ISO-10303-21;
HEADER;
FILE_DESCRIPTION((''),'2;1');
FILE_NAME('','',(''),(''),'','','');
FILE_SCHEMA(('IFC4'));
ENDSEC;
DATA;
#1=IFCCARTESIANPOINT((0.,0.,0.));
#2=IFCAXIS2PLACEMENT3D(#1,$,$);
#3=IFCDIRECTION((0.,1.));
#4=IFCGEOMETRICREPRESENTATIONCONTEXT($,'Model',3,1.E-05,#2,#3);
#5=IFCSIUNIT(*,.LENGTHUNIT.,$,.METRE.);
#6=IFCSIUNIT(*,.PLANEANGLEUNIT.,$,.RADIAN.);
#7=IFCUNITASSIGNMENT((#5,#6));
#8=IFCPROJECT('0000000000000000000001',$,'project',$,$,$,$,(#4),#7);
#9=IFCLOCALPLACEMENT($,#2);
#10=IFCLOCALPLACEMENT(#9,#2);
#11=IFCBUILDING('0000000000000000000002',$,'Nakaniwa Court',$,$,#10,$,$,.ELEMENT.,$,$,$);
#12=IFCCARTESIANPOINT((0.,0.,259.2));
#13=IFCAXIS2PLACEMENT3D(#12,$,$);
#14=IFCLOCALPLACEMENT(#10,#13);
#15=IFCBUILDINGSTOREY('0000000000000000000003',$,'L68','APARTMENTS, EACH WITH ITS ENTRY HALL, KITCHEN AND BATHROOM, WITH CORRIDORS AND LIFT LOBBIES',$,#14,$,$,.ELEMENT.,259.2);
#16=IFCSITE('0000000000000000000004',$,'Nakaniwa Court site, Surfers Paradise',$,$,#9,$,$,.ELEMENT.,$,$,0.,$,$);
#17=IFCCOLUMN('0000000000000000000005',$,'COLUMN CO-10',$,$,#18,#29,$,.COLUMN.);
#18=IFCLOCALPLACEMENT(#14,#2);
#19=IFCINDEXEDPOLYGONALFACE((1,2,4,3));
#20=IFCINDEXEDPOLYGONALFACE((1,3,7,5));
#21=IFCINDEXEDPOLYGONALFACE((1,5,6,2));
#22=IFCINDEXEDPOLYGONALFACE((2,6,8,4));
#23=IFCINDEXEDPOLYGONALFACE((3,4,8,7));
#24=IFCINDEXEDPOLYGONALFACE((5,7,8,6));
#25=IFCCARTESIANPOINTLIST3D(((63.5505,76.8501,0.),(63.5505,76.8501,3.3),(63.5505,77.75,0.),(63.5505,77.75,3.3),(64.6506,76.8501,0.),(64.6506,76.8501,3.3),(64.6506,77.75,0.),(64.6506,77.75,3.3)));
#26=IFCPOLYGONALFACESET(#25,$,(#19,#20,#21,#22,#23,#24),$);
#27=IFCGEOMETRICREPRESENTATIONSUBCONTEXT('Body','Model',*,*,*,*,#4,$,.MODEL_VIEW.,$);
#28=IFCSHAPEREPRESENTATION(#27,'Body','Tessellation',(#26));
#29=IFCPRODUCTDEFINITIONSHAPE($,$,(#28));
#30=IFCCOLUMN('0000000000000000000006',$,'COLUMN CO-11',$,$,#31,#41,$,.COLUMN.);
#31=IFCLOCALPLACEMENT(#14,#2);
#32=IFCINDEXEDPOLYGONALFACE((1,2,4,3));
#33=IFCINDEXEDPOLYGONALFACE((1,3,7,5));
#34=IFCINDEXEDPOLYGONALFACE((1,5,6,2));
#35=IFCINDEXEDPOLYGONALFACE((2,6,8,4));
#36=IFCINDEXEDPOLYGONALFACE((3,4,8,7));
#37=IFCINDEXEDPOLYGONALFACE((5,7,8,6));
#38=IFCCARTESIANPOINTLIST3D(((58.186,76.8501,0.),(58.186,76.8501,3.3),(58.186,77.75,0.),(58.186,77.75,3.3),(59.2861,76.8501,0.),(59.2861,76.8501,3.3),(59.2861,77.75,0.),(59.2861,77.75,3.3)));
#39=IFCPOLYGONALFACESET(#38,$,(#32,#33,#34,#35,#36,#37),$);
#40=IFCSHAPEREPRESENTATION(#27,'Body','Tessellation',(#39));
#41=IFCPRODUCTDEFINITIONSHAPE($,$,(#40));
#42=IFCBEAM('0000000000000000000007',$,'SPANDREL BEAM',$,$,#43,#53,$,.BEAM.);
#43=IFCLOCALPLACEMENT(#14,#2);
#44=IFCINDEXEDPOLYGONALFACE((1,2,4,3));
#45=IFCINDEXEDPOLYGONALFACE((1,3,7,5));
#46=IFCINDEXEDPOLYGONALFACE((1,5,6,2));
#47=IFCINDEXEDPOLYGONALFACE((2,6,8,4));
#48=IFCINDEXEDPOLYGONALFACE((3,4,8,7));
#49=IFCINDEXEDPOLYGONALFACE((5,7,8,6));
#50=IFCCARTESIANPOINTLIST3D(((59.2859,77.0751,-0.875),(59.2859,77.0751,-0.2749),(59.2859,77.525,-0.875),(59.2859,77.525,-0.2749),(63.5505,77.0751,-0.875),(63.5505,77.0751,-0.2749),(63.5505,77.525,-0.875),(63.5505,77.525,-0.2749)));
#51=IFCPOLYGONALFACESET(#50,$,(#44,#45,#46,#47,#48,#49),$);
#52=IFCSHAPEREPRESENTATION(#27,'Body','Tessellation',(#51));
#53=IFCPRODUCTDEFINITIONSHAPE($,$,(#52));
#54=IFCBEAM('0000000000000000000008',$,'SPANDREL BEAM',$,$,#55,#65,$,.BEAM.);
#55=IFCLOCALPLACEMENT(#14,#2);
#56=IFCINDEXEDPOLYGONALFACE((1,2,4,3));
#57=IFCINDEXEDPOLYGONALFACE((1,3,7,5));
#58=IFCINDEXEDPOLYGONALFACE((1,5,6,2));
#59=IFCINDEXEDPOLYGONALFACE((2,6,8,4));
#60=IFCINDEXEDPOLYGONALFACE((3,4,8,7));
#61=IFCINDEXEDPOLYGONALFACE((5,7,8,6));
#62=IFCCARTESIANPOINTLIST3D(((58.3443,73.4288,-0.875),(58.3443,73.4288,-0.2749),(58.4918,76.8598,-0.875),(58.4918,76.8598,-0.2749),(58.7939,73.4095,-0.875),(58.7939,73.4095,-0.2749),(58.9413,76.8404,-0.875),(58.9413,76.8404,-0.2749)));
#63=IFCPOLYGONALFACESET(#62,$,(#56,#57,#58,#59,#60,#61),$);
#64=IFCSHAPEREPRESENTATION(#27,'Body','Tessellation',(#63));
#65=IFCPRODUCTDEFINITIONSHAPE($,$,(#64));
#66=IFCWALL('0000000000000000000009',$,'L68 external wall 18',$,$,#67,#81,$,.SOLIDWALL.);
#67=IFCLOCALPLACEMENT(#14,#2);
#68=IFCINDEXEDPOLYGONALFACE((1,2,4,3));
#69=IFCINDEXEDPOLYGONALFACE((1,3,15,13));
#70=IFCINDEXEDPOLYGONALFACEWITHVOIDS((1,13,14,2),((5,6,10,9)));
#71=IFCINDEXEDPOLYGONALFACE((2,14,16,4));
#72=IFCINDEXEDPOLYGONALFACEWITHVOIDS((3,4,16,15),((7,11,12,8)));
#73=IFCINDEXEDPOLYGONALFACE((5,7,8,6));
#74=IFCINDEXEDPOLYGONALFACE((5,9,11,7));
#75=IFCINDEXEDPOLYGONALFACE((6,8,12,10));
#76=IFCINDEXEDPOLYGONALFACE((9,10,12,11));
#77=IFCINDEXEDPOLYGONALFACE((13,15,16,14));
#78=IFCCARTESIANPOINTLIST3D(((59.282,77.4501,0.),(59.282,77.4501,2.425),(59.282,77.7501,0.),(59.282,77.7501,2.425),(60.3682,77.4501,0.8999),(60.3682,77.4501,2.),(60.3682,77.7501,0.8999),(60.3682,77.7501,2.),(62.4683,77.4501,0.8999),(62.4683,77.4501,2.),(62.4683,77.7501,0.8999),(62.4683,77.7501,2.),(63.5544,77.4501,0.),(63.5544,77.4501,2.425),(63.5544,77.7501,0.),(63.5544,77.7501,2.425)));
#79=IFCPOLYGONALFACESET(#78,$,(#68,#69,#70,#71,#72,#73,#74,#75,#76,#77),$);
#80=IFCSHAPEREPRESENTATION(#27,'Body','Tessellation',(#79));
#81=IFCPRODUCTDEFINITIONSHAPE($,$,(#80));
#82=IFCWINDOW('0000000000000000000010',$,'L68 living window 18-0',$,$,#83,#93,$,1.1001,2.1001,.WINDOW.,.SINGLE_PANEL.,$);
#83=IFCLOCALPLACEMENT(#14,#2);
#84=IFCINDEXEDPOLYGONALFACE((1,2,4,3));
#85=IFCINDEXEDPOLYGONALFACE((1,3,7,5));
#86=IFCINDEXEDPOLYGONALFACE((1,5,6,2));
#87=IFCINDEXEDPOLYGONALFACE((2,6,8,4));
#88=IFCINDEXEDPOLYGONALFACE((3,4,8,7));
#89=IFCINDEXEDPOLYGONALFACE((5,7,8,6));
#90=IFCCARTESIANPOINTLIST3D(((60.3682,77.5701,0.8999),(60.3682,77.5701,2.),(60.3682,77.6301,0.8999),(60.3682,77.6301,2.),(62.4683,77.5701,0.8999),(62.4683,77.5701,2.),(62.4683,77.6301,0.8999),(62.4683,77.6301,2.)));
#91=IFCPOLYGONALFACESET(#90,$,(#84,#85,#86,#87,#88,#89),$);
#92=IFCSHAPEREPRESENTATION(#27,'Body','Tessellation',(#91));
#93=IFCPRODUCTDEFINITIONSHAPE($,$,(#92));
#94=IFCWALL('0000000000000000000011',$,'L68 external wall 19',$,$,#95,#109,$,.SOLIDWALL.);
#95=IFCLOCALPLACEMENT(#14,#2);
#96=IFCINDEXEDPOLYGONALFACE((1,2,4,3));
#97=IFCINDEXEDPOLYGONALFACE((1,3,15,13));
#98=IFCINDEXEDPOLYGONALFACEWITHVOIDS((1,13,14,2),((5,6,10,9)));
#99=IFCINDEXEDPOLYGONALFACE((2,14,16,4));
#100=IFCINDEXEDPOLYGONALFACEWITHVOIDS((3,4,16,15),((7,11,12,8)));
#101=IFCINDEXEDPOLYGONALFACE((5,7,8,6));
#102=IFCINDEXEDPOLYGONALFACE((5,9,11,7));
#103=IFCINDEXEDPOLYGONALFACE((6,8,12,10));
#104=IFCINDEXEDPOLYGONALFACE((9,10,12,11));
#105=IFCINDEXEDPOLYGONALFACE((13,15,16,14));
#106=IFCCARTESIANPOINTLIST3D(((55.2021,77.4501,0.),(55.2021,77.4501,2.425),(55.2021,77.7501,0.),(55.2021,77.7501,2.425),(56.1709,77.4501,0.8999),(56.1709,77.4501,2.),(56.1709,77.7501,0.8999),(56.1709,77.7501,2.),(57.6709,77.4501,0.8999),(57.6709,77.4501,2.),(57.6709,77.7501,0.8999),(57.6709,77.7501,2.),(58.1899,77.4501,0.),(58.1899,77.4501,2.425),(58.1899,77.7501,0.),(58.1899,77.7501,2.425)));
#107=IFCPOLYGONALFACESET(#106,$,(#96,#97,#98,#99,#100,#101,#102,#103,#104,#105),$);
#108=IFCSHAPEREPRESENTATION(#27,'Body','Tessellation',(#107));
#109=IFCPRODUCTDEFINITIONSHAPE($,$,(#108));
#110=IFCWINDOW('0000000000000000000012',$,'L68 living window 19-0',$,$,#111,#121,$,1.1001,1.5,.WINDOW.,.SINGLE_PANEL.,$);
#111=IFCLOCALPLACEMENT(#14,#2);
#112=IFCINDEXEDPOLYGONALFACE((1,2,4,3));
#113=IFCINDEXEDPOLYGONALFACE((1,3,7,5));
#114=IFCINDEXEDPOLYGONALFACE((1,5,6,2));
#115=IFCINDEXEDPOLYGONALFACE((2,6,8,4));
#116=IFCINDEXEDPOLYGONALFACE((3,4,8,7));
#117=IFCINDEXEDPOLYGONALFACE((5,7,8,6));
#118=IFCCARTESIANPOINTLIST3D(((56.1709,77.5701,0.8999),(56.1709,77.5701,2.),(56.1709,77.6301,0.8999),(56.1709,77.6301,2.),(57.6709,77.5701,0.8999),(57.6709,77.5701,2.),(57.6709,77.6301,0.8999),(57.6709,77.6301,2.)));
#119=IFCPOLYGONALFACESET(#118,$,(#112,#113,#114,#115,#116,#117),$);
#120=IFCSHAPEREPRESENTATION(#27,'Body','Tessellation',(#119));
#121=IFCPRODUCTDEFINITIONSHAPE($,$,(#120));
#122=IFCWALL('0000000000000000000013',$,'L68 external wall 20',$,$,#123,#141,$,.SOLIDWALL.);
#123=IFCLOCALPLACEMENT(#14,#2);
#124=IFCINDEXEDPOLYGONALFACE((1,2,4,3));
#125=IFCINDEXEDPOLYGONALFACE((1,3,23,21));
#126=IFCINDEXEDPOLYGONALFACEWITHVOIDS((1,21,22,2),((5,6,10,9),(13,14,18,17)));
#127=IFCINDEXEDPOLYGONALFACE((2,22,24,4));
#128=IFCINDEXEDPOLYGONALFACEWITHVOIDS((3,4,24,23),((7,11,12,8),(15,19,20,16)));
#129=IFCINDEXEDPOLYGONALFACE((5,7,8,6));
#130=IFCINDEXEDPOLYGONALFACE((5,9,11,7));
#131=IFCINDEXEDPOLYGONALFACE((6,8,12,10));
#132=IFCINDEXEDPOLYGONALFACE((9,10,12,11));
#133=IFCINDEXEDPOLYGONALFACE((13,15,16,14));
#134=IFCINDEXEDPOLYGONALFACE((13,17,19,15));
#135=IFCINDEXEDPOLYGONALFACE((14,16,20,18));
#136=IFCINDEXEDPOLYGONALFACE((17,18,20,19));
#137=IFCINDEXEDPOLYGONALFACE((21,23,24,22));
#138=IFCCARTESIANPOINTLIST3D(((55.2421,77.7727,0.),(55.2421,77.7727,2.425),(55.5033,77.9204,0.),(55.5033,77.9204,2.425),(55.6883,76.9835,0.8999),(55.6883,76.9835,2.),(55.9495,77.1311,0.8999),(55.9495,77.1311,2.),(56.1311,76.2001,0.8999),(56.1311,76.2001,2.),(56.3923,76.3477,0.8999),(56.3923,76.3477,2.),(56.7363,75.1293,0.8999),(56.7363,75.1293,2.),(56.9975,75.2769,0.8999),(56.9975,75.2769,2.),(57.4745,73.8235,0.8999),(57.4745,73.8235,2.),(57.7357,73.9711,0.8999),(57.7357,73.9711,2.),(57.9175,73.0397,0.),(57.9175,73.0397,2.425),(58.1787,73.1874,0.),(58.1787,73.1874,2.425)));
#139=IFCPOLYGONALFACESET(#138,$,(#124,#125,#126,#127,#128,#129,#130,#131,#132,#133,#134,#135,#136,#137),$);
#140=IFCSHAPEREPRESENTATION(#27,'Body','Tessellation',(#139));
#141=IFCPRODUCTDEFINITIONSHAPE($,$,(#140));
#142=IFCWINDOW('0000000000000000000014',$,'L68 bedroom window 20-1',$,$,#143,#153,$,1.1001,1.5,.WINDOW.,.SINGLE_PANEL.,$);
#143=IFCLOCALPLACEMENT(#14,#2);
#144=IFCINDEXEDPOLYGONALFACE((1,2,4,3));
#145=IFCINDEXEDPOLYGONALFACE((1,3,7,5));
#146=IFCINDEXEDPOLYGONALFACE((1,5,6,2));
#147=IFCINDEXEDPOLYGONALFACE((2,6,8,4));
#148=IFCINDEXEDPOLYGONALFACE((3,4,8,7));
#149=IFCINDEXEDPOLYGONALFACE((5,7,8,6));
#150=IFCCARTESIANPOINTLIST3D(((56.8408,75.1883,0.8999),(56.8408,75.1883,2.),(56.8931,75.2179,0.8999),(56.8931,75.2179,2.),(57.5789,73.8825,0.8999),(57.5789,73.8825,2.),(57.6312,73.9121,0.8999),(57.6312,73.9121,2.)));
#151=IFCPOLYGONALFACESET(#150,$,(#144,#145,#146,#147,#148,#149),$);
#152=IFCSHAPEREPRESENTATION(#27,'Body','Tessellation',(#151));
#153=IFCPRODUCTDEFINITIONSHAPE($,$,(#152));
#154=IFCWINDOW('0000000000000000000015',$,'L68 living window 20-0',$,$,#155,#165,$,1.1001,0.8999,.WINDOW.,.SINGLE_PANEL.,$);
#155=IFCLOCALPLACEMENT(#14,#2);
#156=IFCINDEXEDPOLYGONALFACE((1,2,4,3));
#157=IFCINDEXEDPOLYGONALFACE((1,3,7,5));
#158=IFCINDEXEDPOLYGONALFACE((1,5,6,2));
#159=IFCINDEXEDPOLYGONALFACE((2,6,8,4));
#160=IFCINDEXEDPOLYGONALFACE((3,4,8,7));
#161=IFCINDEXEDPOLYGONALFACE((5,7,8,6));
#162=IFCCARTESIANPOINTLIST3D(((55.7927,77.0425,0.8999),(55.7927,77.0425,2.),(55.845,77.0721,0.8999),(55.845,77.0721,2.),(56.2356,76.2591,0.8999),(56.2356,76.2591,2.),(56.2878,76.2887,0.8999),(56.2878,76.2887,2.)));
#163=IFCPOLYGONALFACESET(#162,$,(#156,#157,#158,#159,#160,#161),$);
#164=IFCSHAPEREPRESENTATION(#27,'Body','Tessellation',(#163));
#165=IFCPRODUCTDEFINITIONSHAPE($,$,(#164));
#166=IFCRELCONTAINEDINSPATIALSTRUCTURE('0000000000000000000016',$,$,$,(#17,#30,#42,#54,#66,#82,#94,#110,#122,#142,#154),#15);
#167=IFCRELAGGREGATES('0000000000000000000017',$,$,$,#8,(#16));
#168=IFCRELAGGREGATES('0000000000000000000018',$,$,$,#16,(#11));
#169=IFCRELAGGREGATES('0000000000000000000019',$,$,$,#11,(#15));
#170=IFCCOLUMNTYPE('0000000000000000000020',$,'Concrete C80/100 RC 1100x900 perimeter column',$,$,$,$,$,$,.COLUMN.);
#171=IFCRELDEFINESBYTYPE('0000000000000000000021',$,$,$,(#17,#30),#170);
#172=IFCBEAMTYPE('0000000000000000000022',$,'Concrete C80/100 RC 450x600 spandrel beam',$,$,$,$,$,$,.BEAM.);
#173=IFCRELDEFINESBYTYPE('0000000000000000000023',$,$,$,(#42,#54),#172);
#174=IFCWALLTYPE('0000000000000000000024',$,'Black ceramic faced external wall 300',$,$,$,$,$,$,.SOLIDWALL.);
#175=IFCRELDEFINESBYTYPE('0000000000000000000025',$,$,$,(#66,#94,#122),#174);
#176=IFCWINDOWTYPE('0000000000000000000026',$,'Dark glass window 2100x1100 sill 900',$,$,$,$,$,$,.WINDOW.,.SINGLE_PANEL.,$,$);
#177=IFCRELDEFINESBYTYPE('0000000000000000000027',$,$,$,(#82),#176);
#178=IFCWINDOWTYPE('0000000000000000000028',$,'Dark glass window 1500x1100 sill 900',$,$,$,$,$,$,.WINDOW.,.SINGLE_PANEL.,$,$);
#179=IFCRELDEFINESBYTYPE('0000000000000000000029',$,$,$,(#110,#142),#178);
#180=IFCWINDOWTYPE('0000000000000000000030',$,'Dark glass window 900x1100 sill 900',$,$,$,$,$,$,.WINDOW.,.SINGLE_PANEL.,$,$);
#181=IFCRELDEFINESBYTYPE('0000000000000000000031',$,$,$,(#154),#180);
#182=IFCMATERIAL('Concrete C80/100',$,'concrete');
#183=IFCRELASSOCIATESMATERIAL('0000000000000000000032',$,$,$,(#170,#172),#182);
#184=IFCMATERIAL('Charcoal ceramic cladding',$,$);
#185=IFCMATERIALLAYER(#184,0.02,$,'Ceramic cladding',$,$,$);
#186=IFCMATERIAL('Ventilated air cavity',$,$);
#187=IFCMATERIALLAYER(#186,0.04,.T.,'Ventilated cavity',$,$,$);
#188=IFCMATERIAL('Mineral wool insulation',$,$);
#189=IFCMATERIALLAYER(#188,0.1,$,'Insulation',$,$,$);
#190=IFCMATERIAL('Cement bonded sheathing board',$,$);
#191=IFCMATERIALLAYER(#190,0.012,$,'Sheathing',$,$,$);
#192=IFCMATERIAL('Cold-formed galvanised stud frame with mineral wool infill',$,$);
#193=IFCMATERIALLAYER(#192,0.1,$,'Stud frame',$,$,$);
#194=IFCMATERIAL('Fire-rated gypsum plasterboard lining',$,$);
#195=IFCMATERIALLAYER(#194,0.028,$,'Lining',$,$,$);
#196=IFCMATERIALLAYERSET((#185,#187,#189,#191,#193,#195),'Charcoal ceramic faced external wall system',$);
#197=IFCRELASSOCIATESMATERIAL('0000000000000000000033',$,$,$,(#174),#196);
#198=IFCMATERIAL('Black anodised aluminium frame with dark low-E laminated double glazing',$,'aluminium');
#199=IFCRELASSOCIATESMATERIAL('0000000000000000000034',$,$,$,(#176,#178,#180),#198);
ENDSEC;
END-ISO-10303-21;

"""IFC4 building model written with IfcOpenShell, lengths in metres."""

from ifc_helpers import new_model, si_unit, direction, frame, frame_2d, origin, origin_2d, place, context, subcontext, project, spatial, rectangle, extrude, material, layer, layer_set, material_profile, profile_set, type_object, element, fill, save


model = new_model("IFC4")

# Units and contexts
model_context = context("Model", 3, precision=1e-05, world=origin(), true_north=direction((0.0, 1.0)))
body_context = subcontext(model_context, "Body", "Model", "MODEL_VIEW")
ifc_project = project(units=[si_unit("LENGTHUNIT", "METRE"), si_unit("PLANEANGLEUNIT", "RADIAN")], contexts=[model_context])

# Site, building, storey
site_placement = place(None, origin())
site = spatial("IfcSite", under=ifc_project, at=site_placement, Name="Nakaniwa Court site, Surfers Paradise", CompositionType="ELEMENT", RefElevation=0.0)
building_placement = place(site_placement, origin())
building = spatial("IfcBuilding", under=site, at=building_placement, Name="Nakaniwa Court", CompositionType="ELEMENT")
storey_placement = place(building_placement, frame((0.0, 0.0, 259.2)))
storey = spatial("IfcBuildingStorey", under=building, at=storey_placement, Name="L68", Description="APARTMENTS, EACH WITH ITS ENTRY HALL, KITCHEN AND BATHROOM, WITH CORRIDORS AND LIFT LOBBIES", CompositionType="ELEMENT", Elevation=259.2)

# Columns
ifc_material_1 = material(Name="Concrete C80/100", Category="concrete")
ifc_material_profile_1 = material_profile(ifc_material_1, rectangle(XDim=1.1001, YDim=0.8999, at=origin_2d()), Name="Concrete C80/100 RC 1100x900 perimeter column")
ifc_profile_set_1 = profile_set([ifc_material_profile_1], Name="Concrete C80/100")
column_type = type_object("IfcColumnType", Name="Concrete C80/100 RC 1100x900 perimeter column", PredefinedType="COLUMN", material=ifc_profile_set_1)
for number, where, z_axis, x_axis, name in (
    (1, (64.1006, 77.3, 0.0), (0.0, 0.0, 1.0), (-1.0, 0.0, 0.0), "COLUMN CO-10"),
    (2, (58.7361, 77.3, 0.0), (0.0, 0.0, 1.0), (-1.0, 0.0, 0.0), "COLUMN CO-11"),
):
    element("IfcColumn", number, at=place(storey_placement, frame(where, z_axis=z_axis, x_axis=x_axis)), inside=storey, type_object=column_type, Name=name, PredefinedType="COLUMN", context=body_context, shape_type="SweptSolid", body=[
        extrude(rectangle(XDim=1.1001, YDim=0.8999, at=origin_2d()), origin(), (0.0, 0.0, 1.0), 3.3),
    ])

# Beams
ifc_material_profile_2 = material_profile(ifc_material_1, rectangle(XDim=0.45, YDim=0.6001, at=origin_2d()), Name="Concrete C80/100 RC 450x600 spandrel beam")
ifc_profile_set_2 = profile_set([ifc_material_profile_2], Name="Concrete C80/100")
beam_type = type_object("IfcBeamType", Name="Concrete C80/100 RC 450x600 spandrel beam", PredefinedType="BEAM", material=ifc_profile_set_2)
beam_1_placement = place(storey_placement, frame((63.5505, 77.3, -0.575), z_axis=(-1.0, 0.0, 0.0), x_axis=(0.0, -1.0, 0.0)))
element("IfcBeam", 3, at=beam_1_placement, inside=storey, type_object=beam_type, Name="SPANDREL BEAM", PredefinedType="BEAM", context=body_context, shape_type="SweptSolid", body=[
    extrude(rectangle(XDim=0.45, YDim=0.6001, at=origin_2d()), origin(), (0.0, 0.0, 1.0), 4.2646),
])
beam_2_placement = place(storey_placement, frame((58.7166, 76.8501, -0.575), z_axis=(-0.042941, -0.999078, 0.0), x_axis=(0.999078, -0.042941, 0.0)))
element("IfcBeam", 4, at=beam_2_placement, inside=storey, type_object=beam_type, Name="SPANDREL BEAM", PredefinedType="BEAM", context=body_context, shape_type="SweptSolid", body=[
    extrude(rectangle(XDim=0.45, YDim=0.6001, at=origin_2d()), origin(), (0.0, 0.0, 1.0), 3.4341),
])

# Walls, openings, windows
ifc_material_2 = material(Name="Charcoal ceramic cladding")
ifc_layer_1 = layer(ifc_material_2, 0.02, Name="Ceramic cladding")
ifc_material_3 = material(Name="Ventilated air cavity")
ifc_layer_2 = layer(ifc_material_3, 0.04, ventilated=True, Name="Ventilated cavity")
ifc_material_4 = material(Name="Mineral wool insulation")
ifc_layer_3 = layer(ifc_material_4, 0.1, Name="Insulation")
ifc_material_5 = material(Name="Cement bonded sheathing board")
ifc_layer_4 = layer(ifc_material_5, 0.012, Name="Sheathing")
ifc_material_6 = material(Name="Cold-formed galvanised stud frame with mineral wool infill")
ifc_layer_5 = layer(ifc_material_6, 0.1, Name="Stud frame")
ifc_material_7 = material(Name="Fire-rated gypsum plasterboard lining")
ifc_layer_6 = layer(ifc_material_7, 0.028, Name="Lining")
ifc_layer_set_1 = layer_set([ifc_layer_1, ifc_layer_2, ifc_layer_3, ifc_layer_4, ifc_layer_5, ifc_layer_6], Name="Charcoal ceramic faced external wall system")
wall_type_1 = type_object("IfcWallType", Name="Black ceramic faced external wall 300", PredefinedType="SOLIDWALL", material=ifc_layer_set_1)
wall_1_placement = place(storey_placement, frame((63.5544, 77.6001, 0.0), z_axis=(0.0, 0.0, 1.0), x_axis=(-1.0, 0.0, 0.0)))
wall_1 = element("IfcWall", 5, at=wall_1_placement, inside=storey, type_object=wall_type_1, Name="L68 external wall 18", PredefinedType="SOLIDWALL", context=body_context, shape_type="SweptSolid", body=[
    extrude(rectangle(XDim=4.2725, YDim=0.3, at=frame_2d((2.1362, 0.0))), origin(), (0.0, 0.0, 1.0), 2.425),
])
opening_1_placement = place(wall_1_placement, frame((1.0862, 0.0, 0.8999)))
opening_1 = element("IfcOpeningElement", 6, at=opening_1_placement, cuts=wall_1, PredefinedType="OPENING", context=body_context, shape_type="SweptSolid", body=[
    extrude(rectangle(XDim=2.1001, YDim=1.1001, at=frame_2d((1.05, 0.55))), frame((0.0, 0.1599, 0.0), z_axis=(0.0, -1.0, 0.0), x_axis=(1.0, 0.0, 0.0)), (0.0, 0.0, 1.0), 0.3201),
])
ifc_material_8 = material(Name="Black anodised aluminium frame with dark low-E laminated double glazing", Category="aluminium")
window_type_1 = type_object("IfcWindowType", Name="Dark glass window 2100x1100 sill 900", PartitioningType="SINGLE_PANEL", PredefinedType="WINDOW", material=ifc_material_8)
window_1_placement = place(opening_1_placement, origin())
window_1 = element("IfcWindow", 7, at=window_1_placement, inside=storey, type_object=window_type_1, Name="L68 living window 18-0", OverallHeight=1.1001, OverallWidth=2.1001, PartitioningType="SINGLE_PANEL", PredefinedType="WINDOW", context=body_context, shape_type="SweptSolid", body=[
    extrude(rectangle(XDim=2.1001, YDim=1.1001, at=frame_2d((1.05, 0.55))), frame((0.0, 0.03, 0.0), z_axis=(0.0, -1.0, 0.0), x_axis=(1.0, 0.0, 0.0)), (0.0, 0.0, 1.0), 0.0601),
])
fill(opening_1, window_1)
wall_2_placement = place(storey_placement, frame((58.1899, 77.6001, 0.0), z_axis=(0.0, 0.0, 1.0), x_axis=(-1.0, 0.0, 0.0)))
wall_2 = element("IfcWall", 8, at=wall_2_placement, inside=storey, type_object=wall_type_1, Name="L68 external wall 19", PredefinedType="SOLIDWALL", context=body_context, shape_type="SweptSolid", body=[
    extrude(rectangle(XDim=2.9878, YDim=0.3, at=frame_2d((1.4939, 0.0))), origin(), (0.0, 0.0, 1.0), 2.425),
])
opening_2_placement = place(wall_2_placement, frame((0.519, 0.0, 0.8999)))
opening_2 = element("IfcOpeningElement", 9, at=opening_2_placement, cuts=wall_2, PredefinedType="OPENING", context=body_context, shape_type="SweptSolid", body=[
    extrude(rectangle(XDim=1.5, YDim=1.1001, at=frame_2d((0.75, 0.55))), frame((0.0, 0.1599, 0.0), z_axis=(0.0, -1.0, 0.0), x_axis=(1.0, 0.0, 0.0)), (0.0, 0.0, 1.0), 0.3201),
])
window_type_2 = type_object("IfcWindowType", Name="Dark glass window 1500x1100 sill 900", PartitioningType="SINGLE_PANEL", PredefinedType="WINDOW", material=ifc_material_8)
window_2_placement = place(opening_2_placement, origin())
window_2 = element("IfcWindow", 10, at=window_2_placement, inside=storey, type_object=window_type_2, Name="L68 living window 19-0", OverallHeight=1.1001, OverallWidth=1.5, PartitioningType="SINGLE_PANEL", PredefinedType="WINDOW", context=body_context, shape_type="SweptSolid", body=[
    extrude(rectangle(XDim=1.5, YDim=1.1001, at=frame_2d((0.75, 0.55))), frame((0.0, 0.03, 0.0), z_axis=(0.0, -1.0, 0.0), x_axis=(1.0, 0.0, 0.0)), (0.0, 0.0, 1.0), 0.0601),
])
fill(opening_2, window_2)

# Wall, openings, windows
wall_3_placement = place(storey_placement, frame((55.3728, 77.8464, 0.0), z_axis=(0.0, 0.0, 1.0), x_axis=(0.492081, -0.870549, 0.0)))
wall_3 = element("IfcWall", 11, at=wall_3_placement, inside=storey, type_object=wall_type_1, Name="L68 external wall 20", PredefinedType="SOLIDWALL", context=body_context, shape_type="SweptSolid", body=[
    extrude(rectangle(XDim=5.4368, YDim=0.3, at=frame_2d((2.7183, 0.0))), origin(), (0.0, 0.0, 1.0), 2.425),
])
opening_3_placement = place(wall_3_placement, frame((0.9065, 0.0, 0.8999)))
opening_3 = element("IfcOpeningElement", 12, at=opening_3_placement, cuts=wall_3, PredefinedType="OPENING", context=body_context, shape_type="SweptSolid", body=[
    extrude(rectangle(XDim=0.8999, YDim=1.1001, at=frame_2d((0.45, 0.55))), frame((0.0, 0.1599, 0.0), z_axis=(0.0, -1.0, 0.0), x_axis=(1.0, 0.0, 0.0)), (0.0, 0.0, 1.0), 0.3201),
])
opening_4_placement = place(wall_3_placement, frame((3.0364, 0.0, 0.8999)))
opening_4 = element("IfcOpeningElement", 13, at=opening_4_placement, cuts=wall_3, PredefinedType="OPENING", context=body_context, shape_type="SweptSolid", body=[
    extrude(rectangle(XDim=1.5, YDim=1.1001, at=frame_2d((0.75, 0.55))), frame((0.0, 0.1599, 0.0), z_axis=(0.0, -1.0, 0.0), x_axis=(1.0, 0.0, 0.0)), (0.0, 0.0, 1.0), 0.3201),
])
window_3_placement = place(opening_4_placement, origin())
window_3 = element("IfcWindow", 14, at=window_3_placement, inside=storey, type_object=window_type_2, Name="L68 bedroom window 20-1", OverallHeight=1.1001, OverallWidth=1.5, PartitioningType="SINGLE_PANEL", PredefinedType="WINDOW", context=body_context, shape_type="SweptSolid", body=[
    extrude(rectangle(XDim=1.5, YDim=1.1001, at=frame_2d((0.75, 0.55))), frame((0.0, 0.03, 0.0), z_axis=(0.0, -1.0, 0.0), x_axis=(1.0, 0.0, 0.0)), (0.0, 0.0, 1.0), 0.0601),
])
fill(opening_4, window_3)
window_type_3 = type_object("IfcWindowType", Name="Dark glass window 900x1100 sill 900", PartitioningType="SINGLE_PANEL", PredefinedType="WINDOW", material=ifc_material_8)
window_4_placement = place(opening_3_placement, origin())
window_4 = element("IfcWindow", 15, at=window_4_placement, inside=storey, type_object=window_type_3, Name="L68 living window 20-0", OverallHeight=1.1001, OverallWidth=0.8999, PartitioningType="SINGLE_PANEL", PredefinedType="WINDOW", context=body_context, shape_type="SweptSolid", body=[
    extrude(rectangle(XDim=0.8999, YDim=1.1001, at=frame_2d((0.45, 0.55))), frame((0.0, 0.03, 0.0), z_axis=(0.0, -1.0, 0.0), x_axis=(1.0, 0.0, 0.0)), (0.0, 0.0, 1.0), 0.0601),
])
fill(opening_3, window_4)

save(model, "model.ifc")
